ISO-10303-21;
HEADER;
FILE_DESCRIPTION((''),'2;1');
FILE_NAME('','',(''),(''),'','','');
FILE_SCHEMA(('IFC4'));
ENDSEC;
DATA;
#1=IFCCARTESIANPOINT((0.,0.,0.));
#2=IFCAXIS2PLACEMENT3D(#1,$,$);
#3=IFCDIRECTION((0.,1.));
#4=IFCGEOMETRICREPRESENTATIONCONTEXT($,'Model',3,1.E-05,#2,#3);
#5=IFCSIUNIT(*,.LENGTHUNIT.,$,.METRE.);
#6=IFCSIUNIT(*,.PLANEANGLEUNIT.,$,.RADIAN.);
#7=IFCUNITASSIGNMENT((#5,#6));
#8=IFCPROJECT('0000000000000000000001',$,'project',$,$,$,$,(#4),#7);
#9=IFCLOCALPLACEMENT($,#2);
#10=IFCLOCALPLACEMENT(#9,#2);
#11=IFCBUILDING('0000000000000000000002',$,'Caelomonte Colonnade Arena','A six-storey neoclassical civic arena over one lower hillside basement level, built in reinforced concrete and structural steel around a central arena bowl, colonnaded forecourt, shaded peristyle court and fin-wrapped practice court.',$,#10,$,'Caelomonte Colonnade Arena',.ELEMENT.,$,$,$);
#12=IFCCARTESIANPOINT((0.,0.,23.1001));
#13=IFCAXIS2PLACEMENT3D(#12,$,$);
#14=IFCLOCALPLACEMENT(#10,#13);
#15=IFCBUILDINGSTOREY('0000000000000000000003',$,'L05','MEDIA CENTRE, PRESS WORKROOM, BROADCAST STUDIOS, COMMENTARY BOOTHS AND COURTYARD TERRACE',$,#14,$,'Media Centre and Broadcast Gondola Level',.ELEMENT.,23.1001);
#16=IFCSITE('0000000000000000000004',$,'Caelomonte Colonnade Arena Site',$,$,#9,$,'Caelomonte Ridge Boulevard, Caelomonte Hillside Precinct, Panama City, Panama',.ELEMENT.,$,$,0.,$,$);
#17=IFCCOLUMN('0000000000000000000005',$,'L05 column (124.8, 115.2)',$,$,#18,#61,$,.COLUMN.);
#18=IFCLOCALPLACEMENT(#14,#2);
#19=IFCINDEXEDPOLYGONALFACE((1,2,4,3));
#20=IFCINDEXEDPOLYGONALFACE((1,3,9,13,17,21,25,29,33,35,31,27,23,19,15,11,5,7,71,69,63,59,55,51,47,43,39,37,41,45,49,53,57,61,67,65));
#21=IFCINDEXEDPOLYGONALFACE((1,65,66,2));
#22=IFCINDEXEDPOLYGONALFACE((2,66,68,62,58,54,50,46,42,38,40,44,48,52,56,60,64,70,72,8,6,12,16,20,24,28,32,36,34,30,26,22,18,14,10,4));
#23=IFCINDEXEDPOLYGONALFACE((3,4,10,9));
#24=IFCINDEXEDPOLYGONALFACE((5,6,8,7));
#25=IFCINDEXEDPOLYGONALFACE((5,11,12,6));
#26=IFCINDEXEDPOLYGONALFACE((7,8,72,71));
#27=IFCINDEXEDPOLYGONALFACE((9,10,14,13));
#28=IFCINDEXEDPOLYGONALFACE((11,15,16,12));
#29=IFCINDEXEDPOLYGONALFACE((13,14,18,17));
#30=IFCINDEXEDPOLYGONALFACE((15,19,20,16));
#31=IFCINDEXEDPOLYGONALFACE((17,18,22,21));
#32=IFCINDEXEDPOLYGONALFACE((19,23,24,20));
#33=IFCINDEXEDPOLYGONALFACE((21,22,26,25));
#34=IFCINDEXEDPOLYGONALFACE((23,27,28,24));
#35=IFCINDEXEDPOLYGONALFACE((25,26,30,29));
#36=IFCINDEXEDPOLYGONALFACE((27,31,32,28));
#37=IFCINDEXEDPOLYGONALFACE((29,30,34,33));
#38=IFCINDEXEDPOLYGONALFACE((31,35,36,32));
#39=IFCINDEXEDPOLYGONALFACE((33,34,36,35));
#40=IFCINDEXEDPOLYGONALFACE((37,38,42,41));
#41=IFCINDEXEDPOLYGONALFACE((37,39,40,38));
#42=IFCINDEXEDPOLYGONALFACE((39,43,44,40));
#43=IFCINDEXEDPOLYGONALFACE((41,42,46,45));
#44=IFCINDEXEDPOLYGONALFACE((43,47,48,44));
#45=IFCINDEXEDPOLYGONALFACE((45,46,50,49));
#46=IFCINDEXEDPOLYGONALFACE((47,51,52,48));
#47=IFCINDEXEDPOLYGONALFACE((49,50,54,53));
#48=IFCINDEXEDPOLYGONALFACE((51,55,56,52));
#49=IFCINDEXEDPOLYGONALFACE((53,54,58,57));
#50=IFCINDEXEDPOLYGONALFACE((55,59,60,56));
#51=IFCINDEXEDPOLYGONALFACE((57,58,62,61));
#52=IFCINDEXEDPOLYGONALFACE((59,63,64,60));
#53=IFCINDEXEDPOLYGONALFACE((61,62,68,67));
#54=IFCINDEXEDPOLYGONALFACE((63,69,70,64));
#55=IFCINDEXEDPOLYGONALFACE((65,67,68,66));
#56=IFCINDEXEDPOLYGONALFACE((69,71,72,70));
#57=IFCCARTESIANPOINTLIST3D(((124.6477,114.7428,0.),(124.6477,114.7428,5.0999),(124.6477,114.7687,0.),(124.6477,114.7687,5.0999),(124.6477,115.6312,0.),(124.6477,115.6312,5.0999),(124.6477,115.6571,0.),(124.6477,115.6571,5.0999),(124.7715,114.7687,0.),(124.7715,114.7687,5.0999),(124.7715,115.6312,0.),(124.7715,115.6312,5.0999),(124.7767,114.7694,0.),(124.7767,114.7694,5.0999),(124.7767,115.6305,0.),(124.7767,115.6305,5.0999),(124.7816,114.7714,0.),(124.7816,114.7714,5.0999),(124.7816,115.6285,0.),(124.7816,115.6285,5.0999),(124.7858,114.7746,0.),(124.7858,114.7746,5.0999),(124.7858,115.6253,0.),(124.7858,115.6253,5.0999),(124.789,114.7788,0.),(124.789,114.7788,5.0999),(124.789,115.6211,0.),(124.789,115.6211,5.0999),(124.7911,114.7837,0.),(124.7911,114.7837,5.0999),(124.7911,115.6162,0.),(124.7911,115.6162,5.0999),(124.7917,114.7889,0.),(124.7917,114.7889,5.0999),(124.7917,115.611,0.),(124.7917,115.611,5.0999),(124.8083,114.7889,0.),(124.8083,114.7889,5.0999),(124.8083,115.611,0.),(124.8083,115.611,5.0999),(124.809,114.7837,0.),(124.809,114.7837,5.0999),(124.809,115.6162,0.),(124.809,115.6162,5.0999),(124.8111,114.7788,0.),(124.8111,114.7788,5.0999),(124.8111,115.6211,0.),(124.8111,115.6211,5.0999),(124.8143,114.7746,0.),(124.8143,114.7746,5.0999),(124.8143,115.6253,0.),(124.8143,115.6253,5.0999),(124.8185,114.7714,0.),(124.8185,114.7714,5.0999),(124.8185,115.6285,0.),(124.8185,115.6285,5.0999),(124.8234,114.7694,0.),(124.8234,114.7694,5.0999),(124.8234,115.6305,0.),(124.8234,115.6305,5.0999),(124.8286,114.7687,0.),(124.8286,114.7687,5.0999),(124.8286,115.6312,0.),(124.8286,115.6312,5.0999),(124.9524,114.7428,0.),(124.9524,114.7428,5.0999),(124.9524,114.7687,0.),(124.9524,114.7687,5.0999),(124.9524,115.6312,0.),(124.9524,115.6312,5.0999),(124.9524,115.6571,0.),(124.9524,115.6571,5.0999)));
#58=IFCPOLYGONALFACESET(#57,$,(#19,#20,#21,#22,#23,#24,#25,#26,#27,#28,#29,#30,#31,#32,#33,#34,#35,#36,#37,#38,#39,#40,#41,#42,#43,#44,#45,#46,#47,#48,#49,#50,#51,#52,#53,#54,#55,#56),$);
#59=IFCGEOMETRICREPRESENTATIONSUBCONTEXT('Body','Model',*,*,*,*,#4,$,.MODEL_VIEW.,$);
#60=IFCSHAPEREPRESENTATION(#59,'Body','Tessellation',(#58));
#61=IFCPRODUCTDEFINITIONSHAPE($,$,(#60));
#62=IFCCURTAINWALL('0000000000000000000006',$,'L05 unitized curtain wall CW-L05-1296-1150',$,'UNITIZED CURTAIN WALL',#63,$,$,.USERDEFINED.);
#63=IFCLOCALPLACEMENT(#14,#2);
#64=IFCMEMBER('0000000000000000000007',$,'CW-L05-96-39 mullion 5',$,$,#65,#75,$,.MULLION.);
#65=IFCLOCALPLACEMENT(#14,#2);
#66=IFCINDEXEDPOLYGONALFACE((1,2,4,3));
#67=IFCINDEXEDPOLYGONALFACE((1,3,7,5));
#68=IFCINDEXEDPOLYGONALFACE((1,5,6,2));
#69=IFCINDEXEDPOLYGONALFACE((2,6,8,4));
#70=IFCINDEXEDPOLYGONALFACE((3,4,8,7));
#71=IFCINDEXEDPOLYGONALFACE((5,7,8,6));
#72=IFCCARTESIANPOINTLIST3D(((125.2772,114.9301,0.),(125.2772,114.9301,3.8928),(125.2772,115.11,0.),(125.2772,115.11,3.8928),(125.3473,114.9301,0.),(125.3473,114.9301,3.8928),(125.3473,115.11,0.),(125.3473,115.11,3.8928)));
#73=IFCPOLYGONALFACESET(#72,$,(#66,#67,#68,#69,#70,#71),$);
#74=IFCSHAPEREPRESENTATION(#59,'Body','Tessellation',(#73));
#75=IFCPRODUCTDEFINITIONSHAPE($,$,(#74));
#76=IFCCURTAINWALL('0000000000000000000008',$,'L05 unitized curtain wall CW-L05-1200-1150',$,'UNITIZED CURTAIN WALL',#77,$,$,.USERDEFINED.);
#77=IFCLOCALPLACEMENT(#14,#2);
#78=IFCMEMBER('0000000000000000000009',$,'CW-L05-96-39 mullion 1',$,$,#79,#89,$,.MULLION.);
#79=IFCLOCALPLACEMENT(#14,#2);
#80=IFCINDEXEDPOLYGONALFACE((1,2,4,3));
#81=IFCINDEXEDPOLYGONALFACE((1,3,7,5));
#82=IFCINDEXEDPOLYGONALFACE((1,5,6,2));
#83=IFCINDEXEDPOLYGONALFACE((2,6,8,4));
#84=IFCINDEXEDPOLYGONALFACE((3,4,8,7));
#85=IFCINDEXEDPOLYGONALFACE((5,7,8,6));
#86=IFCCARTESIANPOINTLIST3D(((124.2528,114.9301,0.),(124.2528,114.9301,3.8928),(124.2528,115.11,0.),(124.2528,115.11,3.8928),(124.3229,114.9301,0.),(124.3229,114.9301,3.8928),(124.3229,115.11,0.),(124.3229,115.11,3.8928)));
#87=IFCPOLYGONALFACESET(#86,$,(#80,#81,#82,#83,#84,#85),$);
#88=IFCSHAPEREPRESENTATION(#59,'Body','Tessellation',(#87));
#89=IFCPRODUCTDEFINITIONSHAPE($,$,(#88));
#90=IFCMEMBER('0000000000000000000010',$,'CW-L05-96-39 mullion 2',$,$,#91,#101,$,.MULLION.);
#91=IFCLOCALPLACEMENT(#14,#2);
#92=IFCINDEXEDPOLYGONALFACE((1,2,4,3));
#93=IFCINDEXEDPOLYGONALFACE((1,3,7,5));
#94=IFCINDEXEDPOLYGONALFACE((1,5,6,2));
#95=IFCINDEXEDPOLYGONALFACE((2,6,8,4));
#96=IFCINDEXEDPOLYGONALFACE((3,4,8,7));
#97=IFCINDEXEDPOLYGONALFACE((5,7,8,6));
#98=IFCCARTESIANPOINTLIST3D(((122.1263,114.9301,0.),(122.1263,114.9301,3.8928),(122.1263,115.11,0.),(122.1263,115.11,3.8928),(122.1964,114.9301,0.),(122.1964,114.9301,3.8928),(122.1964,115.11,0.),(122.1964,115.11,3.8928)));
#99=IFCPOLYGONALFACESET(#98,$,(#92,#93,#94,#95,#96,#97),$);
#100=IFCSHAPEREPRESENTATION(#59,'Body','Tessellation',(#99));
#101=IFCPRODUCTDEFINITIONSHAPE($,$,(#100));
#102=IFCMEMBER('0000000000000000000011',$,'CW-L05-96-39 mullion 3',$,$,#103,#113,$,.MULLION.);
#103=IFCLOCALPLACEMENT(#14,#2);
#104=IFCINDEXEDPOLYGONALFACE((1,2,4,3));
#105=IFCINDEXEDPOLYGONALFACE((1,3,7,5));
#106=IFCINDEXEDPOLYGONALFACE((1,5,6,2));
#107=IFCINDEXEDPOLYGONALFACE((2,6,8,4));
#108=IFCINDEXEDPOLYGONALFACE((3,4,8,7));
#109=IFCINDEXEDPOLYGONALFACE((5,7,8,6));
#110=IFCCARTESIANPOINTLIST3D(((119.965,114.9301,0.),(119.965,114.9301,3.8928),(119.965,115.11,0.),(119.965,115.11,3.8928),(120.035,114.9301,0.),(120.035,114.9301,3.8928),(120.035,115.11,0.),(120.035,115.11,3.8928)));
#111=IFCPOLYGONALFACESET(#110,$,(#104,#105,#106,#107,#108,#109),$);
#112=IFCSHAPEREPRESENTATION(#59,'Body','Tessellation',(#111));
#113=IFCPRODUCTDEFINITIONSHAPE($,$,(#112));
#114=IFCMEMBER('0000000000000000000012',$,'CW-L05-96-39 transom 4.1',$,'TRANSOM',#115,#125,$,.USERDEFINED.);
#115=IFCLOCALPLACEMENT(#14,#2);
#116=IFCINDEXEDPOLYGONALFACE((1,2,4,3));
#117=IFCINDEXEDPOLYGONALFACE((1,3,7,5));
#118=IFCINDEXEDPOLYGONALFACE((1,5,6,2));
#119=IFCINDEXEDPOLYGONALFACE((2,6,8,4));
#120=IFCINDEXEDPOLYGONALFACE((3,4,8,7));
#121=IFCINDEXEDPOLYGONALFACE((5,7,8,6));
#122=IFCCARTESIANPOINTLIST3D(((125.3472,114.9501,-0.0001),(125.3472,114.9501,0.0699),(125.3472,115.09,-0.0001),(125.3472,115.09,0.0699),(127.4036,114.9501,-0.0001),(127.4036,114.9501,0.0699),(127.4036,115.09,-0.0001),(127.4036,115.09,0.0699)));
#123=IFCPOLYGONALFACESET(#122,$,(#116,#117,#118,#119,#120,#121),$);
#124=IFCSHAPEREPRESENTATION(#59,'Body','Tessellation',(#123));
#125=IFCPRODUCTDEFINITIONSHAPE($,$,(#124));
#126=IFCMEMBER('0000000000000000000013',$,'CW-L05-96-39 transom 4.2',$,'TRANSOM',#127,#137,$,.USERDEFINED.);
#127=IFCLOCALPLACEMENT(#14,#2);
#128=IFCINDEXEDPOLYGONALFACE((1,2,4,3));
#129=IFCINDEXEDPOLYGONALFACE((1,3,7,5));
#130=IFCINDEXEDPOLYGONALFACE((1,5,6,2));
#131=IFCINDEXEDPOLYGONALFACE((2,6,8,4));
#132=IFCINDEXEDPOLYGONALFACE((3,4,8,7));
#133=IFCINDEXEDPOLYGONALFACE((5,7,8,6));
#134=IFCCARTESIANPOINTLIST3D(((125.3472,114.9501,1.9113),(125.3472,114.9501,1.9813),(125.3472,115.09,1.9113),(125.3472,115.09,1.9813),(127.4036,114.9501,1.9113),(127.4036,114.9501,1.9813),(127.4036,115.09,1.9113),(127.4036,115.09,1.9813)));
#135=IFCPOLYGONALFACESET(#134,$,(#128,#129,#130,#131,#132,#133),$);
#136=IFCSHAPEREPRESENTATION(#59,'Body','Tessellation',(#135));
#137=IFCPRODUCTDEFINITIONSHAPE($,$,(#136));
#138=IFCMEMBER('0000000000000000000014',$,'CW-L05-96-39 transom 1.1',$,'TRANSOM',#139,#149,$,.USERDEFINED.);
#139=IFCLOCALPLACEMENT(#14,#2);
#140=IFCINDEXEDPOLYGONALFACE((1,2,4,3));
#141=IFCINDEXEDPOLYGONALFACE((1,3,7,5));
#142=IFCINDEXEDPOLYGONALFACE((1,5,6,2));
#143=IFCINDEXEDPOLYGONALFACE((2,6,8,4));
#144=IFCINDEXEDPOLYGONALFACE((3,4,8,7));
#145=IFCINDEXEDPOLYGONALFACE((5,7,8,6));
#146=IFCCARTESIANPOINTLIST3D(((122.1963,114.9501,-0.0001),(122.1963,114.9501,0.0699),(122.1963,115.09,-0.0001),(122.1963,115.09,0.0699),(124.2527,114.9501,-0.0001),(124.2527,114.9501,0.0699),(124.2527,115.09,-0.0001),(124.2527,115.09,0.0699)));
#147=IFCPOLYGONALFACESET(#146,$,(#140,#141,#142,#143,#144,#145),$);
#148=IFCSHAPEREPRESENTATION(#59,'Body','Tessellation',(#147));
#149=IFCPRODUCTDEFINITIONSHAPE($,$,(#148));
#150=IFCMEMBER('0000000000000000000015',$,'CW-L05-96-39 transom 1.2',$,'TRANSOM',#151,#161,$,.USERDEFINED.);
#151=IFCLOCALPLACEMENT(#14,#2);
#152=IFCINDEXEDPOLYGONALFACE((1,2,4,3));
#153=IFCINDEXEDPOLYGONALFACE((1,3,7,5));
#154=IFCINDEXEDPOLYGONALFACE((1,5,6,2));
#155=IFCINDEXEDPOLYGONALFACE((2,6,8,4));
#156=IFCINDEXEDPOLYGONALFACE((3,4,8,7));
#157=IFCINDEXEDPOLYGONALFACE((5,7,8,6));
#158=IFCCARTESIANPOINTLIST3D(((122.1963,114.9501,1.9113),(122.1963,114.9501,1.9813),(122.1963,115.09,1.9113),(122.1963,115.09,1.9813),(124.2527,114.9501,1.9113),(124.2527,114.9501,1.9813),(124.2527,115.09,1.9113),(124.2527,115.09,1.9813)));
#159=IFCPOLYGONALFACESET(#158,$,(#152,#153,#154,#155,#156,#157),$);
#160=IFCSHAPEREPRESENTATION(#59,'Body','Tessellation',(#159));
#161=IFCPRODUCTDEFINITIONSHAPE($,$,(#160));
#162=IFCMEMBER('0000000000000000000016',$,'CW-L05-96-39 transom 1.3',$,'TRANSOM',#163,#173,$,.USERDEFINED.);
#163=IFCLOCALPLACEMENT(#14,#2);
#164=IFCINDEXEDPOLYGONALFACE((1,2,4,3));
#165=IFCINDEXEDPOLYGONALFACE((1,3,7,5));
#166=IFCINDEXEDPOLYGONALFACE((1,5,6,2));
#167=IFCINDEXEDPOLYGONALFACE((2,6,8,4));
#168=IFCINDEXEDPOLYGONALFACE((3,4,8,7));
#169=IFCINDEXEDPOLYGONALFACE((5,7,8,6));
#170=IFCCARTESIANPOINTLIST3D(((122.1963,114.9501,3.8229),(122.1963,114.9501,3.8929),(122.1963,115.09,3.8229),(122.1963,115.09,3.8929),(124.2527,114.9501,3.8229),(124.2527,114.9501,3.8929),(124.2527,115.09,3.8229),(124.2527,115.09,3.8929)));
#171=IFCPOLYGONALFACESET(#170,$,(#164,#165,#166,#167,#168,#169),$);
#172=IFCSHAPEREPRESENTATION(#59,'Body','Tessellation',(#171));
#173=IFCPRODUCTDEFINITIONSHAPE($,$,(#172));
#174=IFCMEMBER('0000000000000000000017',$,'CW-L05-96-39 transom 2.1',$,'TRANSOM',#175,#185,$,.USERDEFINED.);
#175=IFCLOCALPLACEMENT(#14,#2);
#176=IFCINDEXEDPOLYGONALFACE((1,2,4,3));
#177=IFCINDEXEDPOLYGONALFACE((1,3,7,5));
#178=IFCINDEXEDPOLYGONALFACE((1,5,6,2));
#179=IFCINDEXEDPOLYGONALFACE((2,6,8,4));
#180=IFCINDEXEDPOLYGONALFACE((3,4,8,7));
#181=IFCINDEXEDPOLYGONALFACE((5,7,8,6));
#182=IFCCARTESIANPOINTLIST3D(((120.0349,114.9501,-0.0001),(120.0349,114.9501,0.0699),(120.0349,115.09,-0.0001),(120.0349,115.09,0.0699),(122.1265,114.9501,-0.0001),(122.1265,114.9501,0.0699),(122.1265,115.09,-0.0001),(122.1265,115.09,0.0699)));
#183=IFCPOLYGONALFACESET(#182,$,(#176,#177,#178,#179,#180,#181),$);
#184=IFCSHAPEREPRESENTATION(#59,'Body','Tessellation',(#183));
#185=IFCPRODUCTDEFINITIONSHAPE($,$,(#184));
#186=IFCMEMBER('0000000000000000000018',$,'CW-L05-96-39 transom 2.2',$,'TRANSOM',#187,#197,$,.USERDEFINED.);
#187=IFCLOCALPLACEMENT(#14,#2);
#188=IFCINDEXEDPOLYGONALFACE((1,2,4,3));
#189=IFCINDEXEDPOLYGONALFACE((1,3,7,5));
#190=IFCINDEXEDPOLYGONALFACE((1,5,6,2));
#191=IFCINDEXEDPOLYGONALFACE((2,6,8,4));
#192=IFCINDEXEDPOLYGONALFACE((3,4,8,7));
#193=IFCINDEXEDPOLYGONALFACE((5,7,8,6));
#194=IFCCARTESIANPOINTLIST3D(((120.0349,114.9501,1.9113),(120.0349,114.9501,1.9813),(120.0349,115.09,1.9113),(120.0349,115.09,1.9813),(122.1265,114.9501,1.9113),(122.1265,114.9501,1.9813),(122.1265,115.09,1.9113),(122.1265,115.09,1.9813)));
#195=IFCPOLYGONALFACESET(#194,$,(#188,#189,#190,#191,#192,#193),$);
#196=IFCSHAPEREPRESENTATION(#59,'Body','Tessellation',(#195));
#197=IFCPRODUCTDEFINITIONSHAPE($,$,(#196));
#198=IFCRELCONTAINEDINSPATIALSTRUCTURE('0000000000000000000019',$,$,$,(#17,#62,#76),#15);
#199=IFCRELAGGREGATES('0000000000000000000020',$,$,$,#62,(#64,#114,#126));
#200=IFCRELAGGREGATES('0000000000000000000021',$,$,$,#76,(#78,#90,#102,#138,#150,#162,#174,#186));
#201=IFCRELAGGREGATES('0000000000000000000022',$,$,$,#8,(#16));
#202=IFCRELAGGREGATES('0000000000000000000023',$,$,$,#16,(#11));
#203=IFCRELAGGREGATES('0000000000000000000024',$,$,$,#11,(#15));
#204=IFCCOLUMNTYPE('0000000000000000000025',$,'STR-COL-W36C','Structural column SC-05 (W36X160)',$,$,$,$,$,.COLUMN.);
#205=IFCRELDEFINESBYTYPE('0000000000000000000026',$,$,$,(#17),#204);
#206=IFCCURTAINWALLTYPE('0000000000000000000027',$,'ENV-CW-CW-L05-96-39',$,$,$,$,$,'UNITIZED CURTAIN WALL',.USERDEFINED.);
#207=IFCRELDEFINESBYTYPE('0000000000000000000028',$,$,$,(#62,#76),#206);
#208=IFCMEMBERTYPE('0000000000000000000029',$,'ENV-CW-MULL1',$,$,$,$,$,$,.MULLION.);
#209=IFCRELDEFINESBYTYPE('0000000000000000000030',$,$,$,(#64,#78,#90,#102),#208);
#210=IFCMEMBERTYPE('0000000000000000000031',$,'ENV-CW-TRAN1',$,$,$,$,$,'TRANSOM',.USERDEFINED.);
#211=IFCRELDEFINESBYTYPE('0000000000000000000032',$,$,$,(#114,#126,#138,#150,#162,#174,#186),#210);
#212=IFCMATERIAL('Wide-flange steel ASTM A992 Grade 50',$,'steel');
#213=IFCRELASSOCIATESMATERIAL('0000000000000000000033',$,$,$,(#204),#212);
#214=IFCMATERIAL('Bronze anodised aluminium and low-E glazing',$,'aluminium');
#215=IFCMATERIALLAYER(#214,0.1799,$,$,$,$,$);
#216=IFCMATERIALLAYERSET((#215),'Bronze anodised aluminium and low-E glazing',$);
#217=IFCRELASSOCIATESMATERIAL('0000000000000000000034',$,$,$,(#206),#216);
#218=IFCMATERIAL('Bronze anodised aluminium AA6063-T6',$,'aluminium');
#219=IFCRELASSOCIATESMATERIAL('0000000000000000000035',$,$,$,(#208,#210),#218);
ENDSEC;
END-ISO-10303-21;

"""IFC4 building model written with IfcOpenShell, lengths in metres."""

from ifc_helpers import new_model, si_unit, direction, frame, origin, origin_2d, place, context, subcontext, project, spatial, rectangle, i_section, extrude, material, layer, layer_set, material_profile, profile_set, type_object, element, aggregate, save


model = new_model("IFC4")

# Units and contexts
model_context = context("Model", 3, precision=1e-05, world=origin(), true_north=direction((0.0, 1.0)))
body_context = subcontext(model_context, "Body", "Model", "MODEL_VIEW")
ifc_project = project(units=[si_unit("LENGTHUNIT", "METRE"), si_unit("PLANEANGLEUNIT", "RADIAN")], contexts=[model_context])

# Site, building, storey
site_placement = place(None, origin())
site = spatial("IfcSite", under=ifc_project, at=site_placement, Name="Caelomonte Colonnade Arena Site", LongName="Caelomonte Ridge Boulevard, Caelomonte Hillside Precinct, Panama City, Panama", CompositionType="ELEMENT", RefElevation=0.0)
building_placement = place(site_placement, origin())
building = spatial("IfcBuilding", under=site, at=building_placement, Name="Caelomonte Colonnade Arena", Description="A six-storey neoclassical civic arena over one lower hillside basement level, built in reinforced concrete and structural steel around a central arena bowl, colonnaded forecourt, shaded peristyle court and fin-wrapped practice court.", LongName="Caelomonte Colonnade Arena", CompositionType="ELEMENT")
storey_placement = place(building_placement, frame((0.0, 0.0, 23.1001)))
storey = spatial("IfcBuildingStorey", under=building, at=storey_placement, Name="L05", Description="MEDIA CENTRE, PRESS WORKROOM, BROADCAST STUDIOS, COMMENTARY BOOTHS AND COURTYARD TERRACE", LongName="Media Centre and Broadcast Gondola Level", CompositionType="ELEMENT", Elevation=23.1001)

# Column
ifc_material_1 = material(Name="Wide-flange steel ASTM A992 Grade 50", Category="steel")
ifc_material_profile_1 = material_profile(ifc_material_1, i_section(OverallWidth=0.3047, OverallDepth=0.9143, WebThickness=0.0166, FlangeThickness=0.0259, FilletRadius=0.0203, at=origin_2d()), Name="W36X160")
ifc_profile_set_1 = profile_set([ifc_material_profile_1], Name="Wide-flange steel ASTM A992 Grade 50")
column_type = type_object("IfcColumnType", Name="STR-COL-W36C", Description="Structural column SC-05 (W36X160)", PredefinedType="COLUMN", material=ifc_profile_set_1)
column_placement = place(storey_placement, frame((124.8, 115.2, 0.0), z_axis=(0.0, 0.0, 1.0), x_axis=(1.0, 0.0, 0.0)))
element("IfcColumn", 1, at=column_placement, inside=storey, type_object=column_type, Name="L05 column (124.8, 115.2)", PredefinedType="COLUMN", context=body_context, shape_type="SweptSolid", body=[
    extrude(i_section(OverallWidth=0.3047, OverallDepth=0.9143, WebThickness=0.0166, FlangeThickness=0.0259, FilletRadius=0.0203, at=origin_2d()), origin(), (0.0, 0.0, 1.0), 5.0999),
])

# Curtain wall, member
ifc_material_2 = material(Name="Bronze anodised aluminium and low-E glazing", Category="aluminium")
ifc_layer_1 = layer(ifc_material_2, 0.1799)
ifc_layer_set_1 = layer_set([ifc_layer_1], Name="Bronze anodised aluminium and low-E glazing")
curtain_wall_type = type_object("IfcCurtainWallType", Name="ENV-CW-CW-L05-96-39", ElementType="UNITIZED CURTAIN WALL", PredefinedType="USERDEFINED", material=ifc_layer_set_1)
curtain_wall_1_placement = place(storey_placement, origin())
curtain_wall_1 = element("IfcCurtainWall", 2, at=curtain_wall_1_placement, inside=storey, type_object=curtain_wall_type, Name="L05 unitized curtain wall CW-L05-1296-1150", ObjectType="UNITIZED CURTAIN WALL", PredefinedType="USERDEFINED")
ifc_material_3 = material(Name="Bronze anodised aluminium AA6063-T6", Category="aluminium")
ifc_material_profile_2 = material_profile(ifc_material_3, rectangle(XDim=0.0701, YDim=0.1799, at=origin_2d()), Name="CWM-70X180")
ifc_profile_set_2 = profile_set([ifc_material_profile_2], Name="Bronze anodised aluminium AA6063-T6")
member_type_1 = type_object("IfcMemberType", Name="ENV-CW-MULL1", PredefinedType="MULLION", material=ifc_profile_set_2)
member_1_placement = place(storey_placement, frame((125.3123, 115.02, 0.0), z_axis=(0.0, 0.0, 1.0), x_axis=(-1.0, 0.0, 0.0)))
member_1 = element("IfcMember", 3, at=member_1_placement, type_object=member_type_1, Name="CW-L05-96-39 mullion 5", PredefinedType="MULLION", context=body_context, shape_type="SweptSolid", body=[
    extrude(rectangle(XDim=0.0701, YDim=0.1799, at=origin_2d()), origin(), (0.0, 0.0, 1.0), 3.8928),
])

# Curtain wall, members
curtain_wall_2_placement = place(storey_placement, origin())
curtain_wall_2 = element("IfcCurtainWall", 4, at=curtain_wall_2_placement, inside=storey, type_object=curtain_wall_type, Name="L05 unitized curtain wall CW-L05-1200-1150", ObjectType="UNITIZED CURTAIN WALL", PredefinedType="USERDEFINED")
member_2_placement = place(storey_placement, frame((124.2878, 115.02, 0.0), z_axis=(0.0, 0.0, 1.0), x_axis=(-1.0, 0.0, 0.0)))
member_2 = element("IfcMember", 5, at=member_2_placement, type_object=member_type_1, Name="CW-L05-96-39 mullion 1", PredefinedType="MULLION", context=body_context, shape_type="SweptSolid", body=[
    extrude(rectangle(XDim=0.0701, YDim=0.1799, at=origin_2d()), origin(), (0.0, 0.0, 1.0), 3.8928),
])
member_3_placement = place(storey_placement, frame((122.1614, 115.02, 0.0), z_axis=(0.0, 0.0, 1.0), x_axis=(-1.0, 0.0, 0.0)))
member_3 = element("IfcMember", 6, at=member_3_placement, type_object=member_type_1, Name="CW-L05-96-39 mullion 2", PredefinedType="MULLION", context=body_context, shape_type="SweptSolid", body=[
    extrude(rectangle(XDim=0.0701, YDim=0.1799, at=origin_2d()), origin(), (0.0, 0.0, 1.0), 3.8928),
])
member_4_placement = place(storey_placement, frame((120.0, 115.02, 0.0), z_axis=(0.0, 0.0, 1.0), x_axis=(-1.0, 0.0, 0.0)))
member_4 = element("IfcMember", 7, at=member_4_placement, type_object=member_type_1, Name="CW-L05-96-39 mullion 3", PredefinedType="MULLION", context=body_context, shape_type="SweptSolid", body=[
    extrude(rectangle(XDim=0.0701, YDim=0.1799, at=origin_2d()), origin(), (0.0, 0.0, 1.0), 3.8928),
])

# Members
ifc_material_profile_3 = material_profile(ifc_material_3, rectangle(XDim=0.0701, YDim=0.1399, at=origin_2d()), Name="CWT-70X140")
ifc_profile_set_3 = profile_set([ifc_material_profile_3], Name="Bronze anodised aluminium AA6063-T6")
member_type_2 = type_object("IfcMemberType", Name="ENV-CW-TRAN1", ElementType="TRANSOM", PredefinedType="USERDEFINED", material=ifc_profile_set_3)
member_5_placement = place(storey_placement, frame((127.4036, 115.02, 0.0349), z_axis=(-1.0, 0.0, 0.0), x_axis=(0.0, 0.0, 1.0)))
member_5 = element("IfcMember", 8, at=member_5_placement, type_object=member_type_2, Name="CW-L05-96-39 transom 4.1", ObjectType="TRANSOM", PredefinedType="USERDEFINED", context=body_context, shape_type="SweptSolid", body=[
    extrude(rectangle(XDim=0.0701, YDim=0.1399, at=origin_2d()), origin(), (0.0, 0.0, 1.0), 2.0564),
])
member_6_placement = place(storey_placement, frame((127.4036, 115.02, 1.9463), z_axis=(-1.0, 0.0, 0.0), x_axis=(0.0, 0.0, 1.0)))
member_6 = element("IfcMember", 9, at=member_6_placement, type_object=member_type_2, Name="CW-L05-96-39 transom 4.2", ObjectType="TRANSOM", PredefinedType="USERDEFINED", context=body_context, shape_type="SweptSolid", body=[
    extrude(rectangle(XDim=0.0701, YDim=0.1399, at=origin_2d()), origin(), (0.0, 0.0, 1.0), 2.0564),
])
member_7_placement = place(storey_placement, frame((124.2527, 115.02, 0.0349), z_axis=(-1.0, 0.0, 0.0), x_axis=(0.0, 0.0, 1.0)))
member_7 = element("IfcMember", 10, at=member_7_placement, type_object=member_type_2, Name="CW-L05-96-39 transom 1.1", ObjectType="TRANSOM", PredefinedType="USERDEFINED", context=body_context, shape_type="SweptSolid", body=[
    extrude(rectangle(XDim=0.0701, YDim=0.1399, at=origin_2d()), origin(), (0.0, 0.0, 1.0), 2.0564),
])
member_8_placement = place(storey_placement, frame((124.2527, 115.02, 1.9463), z_axis=(-1.0, 0.0, 0.0), x_axis=(0.0, 0.0, 1.0)))
member_8 = element("IfcMember", 11, at=member_8_placement, type_object=member_type_2, Name="CW-L05-96-39 transom 1.2", ObjectType="TRANSOM", PredefinedType="USERDEFINED", context=body_context, shape_type="SweptSolid", body=[
    extrude(rectangle(XDim=0.0701, YDim=0.1399, at=origin_2d()), origin(), (0.0, 0.0, 1.0), 2.0564),
])
member_9_placement = place(storey_placement, frame((124.2527, 115.02, 3.8579), z_axis=(-1.0, 0.0, 0.0), x_axis=(0.0, 0.0, 1.0)))
member_9 = element("IfcMember", 12, at=member_9_placement, type_object=member_type_2, Name="CW-L05-96-39 transom 1.3", ObjectType="TRANSOM", PredefinedType="USERDEFINED", context=body_context, shape_type="SweptSolid", body=[
    extrude(rectangle(XDim=0.0701, YDim=0.1399, at=origin_2d()), origin(), (0.0, 0.0, 1.0), 2.0564),
])
member_10_placement = place(storey_placement, frame((122.1265, 115.02, 0.0349), z_axis=(-1.0, 0.0, 0.0), x_axis=(0.0, 0.0, 1.0)))
member_10 = element("IfcMember", 13, at=member_10_placement, type_object=member_type_2, Name="CW-L05-96-39 transom 2.1", ObjectType="TRANSOM", PredefinedType="USERDEFINED", context=body_context, shape_type="SweptSolid", body=[
    extrude(rectangle(XDim=0.0701, YDim=0.1399, at=origin_2d()), origin(), (0.0, 0.0, 1.0), 2.0916),
])
member_11_placement = place(storey_placement, frame((122.1265, 115.02, 1.9463), z_axis=(-1.0, 0.0, 0.0), x_axis=(0.0, 0.0, 1.0)))
member_11 = element("IfcMember", 14, at=member_11_placement, type_object=member_type_2, Name="CW-L05-96-39 transom 2.2", ObjectType="TRANSOM", PredefinedType="USERDEFINED", context=body_context, shape_type="SweptSolid", body=[
    extrude(rectangle(XDim=0.0701, YDim=0.1399, at=origin_2d()), origin(), (0.0, 0.0, 1.0), 2.0916),
])

aggregate(curtain_wall_1, [member_1, member_5, member_6])
aggregate(curtain_wall_2, [member_2, member_3, member_4, member_7, member_8, member_9, member_10, member_11])

save(model, "model.ifc")
